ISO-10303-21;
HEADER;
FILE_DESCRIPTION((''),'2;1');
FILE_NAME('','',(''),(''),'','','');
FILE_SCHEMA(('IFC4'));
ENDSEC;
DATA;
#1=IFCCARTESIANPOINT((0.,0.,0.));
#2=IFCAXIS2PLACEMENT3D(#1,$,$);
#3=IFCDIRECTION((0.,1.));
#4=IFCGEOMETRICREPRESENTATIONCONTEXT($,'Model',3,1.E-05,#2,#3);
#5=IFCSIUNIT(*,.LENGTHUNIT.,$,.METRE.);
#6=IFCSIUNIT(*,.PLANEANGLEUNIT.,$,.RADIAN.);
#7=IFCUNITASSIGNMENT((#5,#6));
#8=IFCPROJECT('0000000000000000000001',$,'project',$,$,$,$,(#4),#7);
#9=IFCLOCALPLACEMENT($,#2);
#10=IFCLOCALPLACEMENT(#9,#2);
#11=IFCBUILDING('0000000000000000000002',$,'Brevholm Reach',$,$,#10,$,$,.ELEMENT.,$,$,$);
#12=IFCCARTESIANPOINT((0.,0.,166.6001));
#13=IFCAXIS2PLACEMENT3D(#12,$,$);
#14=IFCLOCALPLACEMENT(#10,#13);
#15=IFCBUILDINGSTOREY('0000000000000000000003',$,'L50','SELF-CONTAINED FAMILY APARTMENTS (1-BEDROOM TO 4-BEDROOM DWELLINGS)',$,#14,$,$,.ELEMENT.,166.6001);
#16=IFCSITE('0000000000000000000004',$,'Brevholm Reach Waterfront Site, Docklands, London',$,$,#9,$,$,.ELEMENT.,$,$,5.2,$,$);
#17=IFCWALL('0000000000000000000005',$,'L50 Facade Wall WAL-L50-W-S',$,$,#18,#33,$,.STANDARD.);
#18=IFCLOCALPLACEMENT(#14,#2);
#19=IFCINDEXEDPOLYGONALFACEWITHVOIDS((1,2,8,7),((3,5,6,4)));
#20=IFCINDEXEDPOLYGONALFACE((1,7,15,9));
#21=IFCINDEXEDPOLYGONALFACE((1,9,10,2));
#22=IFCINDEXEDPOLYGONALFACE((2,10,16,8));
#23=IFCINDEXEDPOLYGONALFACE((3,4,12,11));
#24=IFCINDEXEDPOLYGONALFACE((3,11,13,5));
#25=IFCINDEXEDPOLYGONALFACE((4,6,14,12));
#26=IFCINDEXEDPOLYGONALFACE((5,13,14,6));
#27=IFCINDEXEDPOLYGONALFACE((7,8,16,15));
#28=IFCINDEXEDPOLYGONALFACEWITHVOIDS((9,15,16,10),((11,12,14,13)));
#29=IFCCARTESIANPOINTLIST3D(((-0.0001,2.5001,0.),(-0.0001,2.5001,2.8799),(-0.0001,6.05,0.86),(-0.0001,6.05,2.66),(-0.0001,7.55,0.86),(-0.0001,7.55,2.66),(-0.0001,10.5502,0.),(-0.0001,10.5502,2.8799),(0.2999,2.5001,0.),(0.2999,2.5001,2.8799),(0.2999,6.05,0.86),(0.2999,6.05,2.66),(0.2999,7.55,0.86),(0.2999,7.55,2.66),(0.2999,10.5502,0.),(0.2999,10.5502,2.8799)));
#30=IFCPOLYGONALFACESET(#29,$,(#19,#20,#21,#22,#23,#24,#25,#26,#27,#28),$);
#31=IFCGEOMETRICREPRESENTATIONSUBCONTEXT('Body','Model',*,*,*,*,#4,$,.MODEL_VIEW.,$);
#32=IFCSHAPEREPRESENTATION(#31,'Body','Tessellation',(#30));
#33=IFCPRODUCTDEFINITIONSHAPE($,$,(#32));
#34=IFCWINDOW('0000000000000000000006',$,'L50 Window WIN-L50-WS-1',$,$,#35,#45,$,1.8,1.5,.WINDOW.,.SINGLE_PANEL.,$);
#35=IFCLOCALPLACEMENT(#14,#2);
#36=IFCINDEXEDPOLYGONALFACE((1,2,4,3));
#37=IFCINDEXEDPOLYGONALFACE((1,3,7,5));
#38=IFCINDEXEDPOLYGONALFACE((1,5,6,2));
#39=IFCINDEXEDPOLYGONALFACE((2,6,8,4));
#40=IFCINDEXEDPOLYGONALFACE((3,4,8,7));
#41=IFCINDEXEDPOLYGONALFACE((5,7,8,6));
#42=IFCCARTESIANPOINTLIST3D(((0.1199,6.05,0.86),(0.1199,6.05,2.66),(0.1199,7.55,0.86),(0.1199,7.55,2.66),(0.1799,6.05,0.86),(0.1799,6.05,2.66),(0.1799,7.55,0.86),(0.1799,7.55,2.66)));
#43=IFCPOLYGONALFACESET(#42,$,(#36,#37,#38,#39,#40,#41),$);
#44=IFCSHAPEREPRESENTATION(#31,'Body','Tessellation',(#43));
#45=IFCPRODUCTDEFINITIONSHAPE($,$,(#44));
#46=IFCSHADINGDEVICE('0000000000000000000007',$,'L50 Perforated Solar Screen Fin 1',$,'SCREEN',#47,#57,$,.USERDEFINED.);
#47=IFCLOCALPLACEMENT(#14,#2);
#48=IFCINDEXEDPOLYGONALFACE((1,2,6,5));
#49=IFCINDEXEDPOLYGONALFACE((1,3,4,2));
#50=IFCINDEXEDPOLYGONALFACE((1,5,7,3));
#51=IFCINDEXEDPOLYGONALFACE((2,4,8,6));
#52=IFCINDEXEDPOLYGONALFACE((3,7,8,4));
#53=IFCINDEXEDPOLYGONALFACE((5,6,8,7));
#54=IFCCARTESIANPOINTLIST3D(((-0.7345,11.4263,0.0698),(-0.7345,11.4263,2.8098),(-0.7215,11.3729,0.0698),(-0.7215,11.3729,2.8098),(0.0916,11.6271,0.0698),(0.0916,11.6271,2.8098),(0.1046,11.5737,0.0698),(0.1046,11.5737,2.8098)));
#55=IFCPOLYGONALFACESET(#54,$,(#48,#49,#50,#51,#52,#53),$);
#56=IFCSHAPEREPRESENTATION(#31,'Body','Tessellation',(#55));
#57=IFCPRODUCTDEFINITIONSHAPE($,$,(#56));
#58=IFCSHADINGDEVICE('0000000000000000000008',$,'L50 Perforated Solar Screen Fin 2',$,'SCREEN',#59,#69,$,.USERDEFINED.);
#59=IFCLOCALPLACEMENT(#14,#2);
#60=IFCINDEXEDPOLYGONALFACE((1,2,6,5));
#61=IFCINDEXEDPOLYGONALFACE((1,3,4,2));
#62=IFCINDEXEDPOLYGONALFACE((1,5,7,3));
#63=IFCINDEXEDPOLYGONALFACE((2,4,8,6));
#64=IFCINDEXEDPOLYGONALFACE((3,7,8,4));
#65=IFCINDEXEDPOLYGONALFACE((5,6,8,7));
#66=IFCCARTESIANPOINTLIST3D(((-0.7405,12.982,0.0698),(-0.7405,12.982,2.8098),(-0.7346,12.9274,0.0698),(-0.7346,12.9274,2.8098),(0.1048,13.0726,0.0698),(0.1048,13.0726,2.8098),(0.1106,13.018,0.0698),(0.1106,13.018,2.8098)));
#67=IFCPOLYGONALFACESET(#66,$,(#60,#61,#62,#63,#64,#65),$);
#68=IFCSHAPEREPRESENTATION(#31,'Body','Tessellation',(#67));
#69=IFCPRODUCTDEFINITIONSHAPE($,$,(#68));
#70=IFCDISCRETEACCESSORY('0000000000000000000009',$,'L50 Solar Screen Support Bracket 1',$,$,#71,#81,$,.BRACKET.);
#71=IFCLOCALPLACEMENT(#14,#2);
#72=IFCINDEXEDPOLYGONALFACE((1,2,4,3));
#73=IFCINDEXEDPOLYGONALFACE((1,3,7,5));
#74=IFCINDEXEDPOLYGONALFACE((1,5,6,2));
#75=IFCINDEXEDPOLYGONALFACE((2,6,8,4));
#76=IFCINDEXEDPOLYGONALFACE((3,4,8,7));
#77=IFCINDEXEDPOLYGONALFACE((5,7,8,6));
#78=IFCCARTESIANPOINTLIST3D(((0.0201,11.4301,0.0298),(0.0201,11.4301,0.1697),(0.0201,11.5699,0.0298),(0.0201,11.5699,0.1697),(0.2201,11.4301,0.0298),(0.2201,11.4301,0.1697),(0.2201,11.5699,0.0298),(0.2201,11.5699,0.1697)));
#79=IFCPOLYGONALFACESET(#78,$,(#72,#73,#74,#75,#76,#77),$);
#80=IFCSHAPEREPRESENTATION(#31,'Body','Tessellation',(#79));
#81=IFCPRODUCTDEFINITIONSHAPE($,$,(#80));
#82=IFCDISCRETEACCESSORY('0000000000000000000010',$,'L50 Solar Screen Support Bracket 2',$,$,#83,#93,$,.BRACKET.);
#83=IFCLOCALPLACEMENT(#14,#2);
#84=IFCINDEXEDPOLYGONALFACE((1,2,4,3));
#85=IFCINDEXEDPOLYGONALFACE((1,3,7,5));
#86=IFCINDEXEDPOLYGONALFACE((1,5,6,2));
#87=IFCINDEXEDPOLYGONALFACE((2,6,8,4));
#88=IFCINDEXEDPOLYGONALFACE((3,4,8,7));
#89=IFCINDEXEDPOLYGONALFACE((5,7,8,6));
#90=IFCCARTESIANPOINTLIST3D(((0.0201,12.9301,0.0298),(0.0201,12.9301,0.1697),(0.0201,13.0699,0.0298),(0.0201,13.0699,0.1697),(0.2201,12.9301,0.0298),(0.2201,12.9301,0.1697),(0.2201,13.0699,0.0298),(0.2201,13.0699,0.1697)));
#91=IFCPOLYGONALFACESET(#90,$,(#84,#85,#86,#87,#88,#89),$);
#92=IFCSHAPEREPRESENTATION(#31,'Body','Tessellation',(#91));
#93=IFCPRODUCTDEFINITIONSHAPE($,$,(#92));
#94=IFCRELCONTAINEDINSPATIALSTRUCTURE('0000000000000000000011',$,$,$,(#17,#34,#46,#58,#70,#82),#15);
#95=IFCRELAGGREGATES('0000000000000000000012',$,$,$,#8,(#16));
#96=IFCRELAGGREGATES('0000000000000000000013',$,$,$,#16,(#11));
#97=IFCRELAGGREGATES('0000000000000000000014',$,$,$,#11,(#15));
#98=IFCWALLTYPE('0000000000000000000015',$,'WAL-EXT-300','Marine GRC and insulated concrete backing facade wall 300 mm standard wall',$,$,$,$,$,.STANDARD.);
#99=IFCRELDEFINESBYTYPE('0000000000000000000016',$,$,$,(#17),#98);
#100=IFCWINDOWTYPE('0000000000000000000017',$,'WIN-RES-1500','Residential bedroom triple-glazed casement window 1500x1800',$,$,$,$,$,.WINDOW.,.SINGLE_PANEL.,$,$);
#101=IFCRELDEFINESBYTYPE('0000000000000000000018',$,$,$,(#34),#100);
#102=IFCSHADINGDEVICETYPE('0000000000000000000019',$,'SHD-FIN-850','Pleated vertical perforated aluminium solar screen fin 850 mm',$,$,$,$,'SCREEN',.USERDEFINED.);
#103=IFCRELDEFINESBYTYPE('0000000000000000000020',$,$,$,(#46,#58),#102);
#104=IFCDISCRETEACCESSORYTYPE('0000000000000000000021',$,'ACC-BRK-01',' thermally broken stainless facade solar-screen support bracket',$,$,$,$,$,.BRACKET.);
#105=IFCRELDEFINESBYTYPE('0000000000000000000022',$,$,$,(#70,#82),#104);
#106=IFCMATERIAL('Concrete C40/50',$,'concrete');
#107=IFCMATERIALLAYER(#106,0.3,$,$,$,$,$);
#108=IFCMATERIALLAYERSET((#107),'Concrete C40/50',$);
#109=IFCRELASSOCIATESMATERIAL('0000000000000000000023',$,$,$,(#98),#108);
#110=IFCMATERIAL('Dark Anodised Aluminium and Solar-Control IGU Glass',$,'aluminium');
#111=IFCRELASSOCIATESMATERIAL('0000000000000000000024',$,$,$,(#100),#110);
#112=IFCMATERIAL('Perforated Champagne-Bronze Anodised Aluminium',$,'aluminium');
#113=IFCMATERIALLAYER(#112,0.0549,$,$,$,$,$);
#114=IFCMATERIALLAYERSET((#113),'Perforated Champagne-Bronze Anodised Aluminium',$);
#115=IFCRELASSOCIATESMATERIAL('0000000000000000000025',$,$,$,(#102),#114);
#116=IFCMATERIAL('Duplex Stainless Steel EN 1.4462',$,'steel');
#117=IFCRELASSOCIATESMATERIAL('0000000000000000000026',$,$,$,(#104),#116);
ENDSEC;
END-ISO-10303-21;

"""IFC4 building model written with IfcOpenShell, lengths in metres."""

from ifc_helpers import new_model, si_unit, direction, frame, frame_2d, origin, origin_2d, place, context, subcontext, project, spatial, rectangle, extrude, material, layer, layer_set, type_object, element, fill, save


model = new_model("IFC4")

# Units and contexts
model_context = context("Model", 3, precision=1e-05, world=origin(), true_north=direction((0.0, 1.0)))
body_context = subcontext(model_context, "Body", "Model", "MODEL_VIEW")
ifc_project = project(units=[si_unit("LENGTHUNIT", "METRE"), si_unit("PLANEANGLEUNIT", "RADIAN")], contexts=[model_context])

# Site, building, storey
site_placement = place(None, origin())
site = spatial("IfcSite", under=ifc_project, at=site_placement, Name="Brevholm Reach Waterfront Site, Docklands, London", CompositionType="ELEMENT", RefElevation=5.2)
building_placement = place(site_placement, origin())
building = spatial("IfcBuilding", under=site, at=building_placement, Name="Brevholm Reach", CompositionType="ELEMENT")
storey_placement = place(building_placement, frame((0.0, 0.0, 166.6001)))
storey = spatial("IfcBuildingStorey", under=building, at=storey_placement, Name="L50", Description="SELF-CONTAINED FAMILY APARTMENTS (1-BEDROOM TO 4-BEDROOM DWELLINGS)", CompositionType="ELEMENT", Elevation=166.6001)

# Wall, opening, window
ifc_material_1 = material(Name="Concrete C40/50", Category="concrete")
ifc_layer_1 = layer(ifc_material_1, 0.3)
ifc_layer_set_1 = layer_set([ifc_layer_1], Name="Concrete C40/50")
wall_type = type_object("IfcWallType", Name="WAL-EXT-300", Description="Marine GRC and insulated concrete backing facade wall 300 mm standard wall", PredefinedType="STANDARD", material=ifc_layer_set_1)
wall_placement = place(storey_placement, frame((0.1499, 10.55, 0.0), z_axis=(0.0, 0.0, 1.0), x_axis=(0.0, -1.0, 0.0)))
wall = element("IfcWall", 1, at=wall_placement, inside=storey, type_object=wall_type, Name="L50 Facade Wall WAL-L50-W-S", PredefinedType="STANDARD", context=body_context, shape_type="SweptSolid", body=[
    extrude(rectangle(XDim=8.05, YDim=0.3, at=frame_2d((4.0249, 0.0))), origin(), (0.0, 0.0, 1.0), 2.8799),
])
opening_placement = place(wall_placement, frame((3.0, 0.0, 0.8601)))
opening = element("IfcOpeningElement", 2, at=opening_placement, cuts=wall, PredefinedType="OPENING", context=body_context, shape_type="SweptSolid", body=[
    extrude(rectangle(XDim=1.5, YDim=1.8, at=frame_2d((0.75, 0.8999))), frame((0.0, 0.1599, 0.0), z_axis=(0.0, -1.0, 0.0), x_axis=(1.0, 0.0, 0.0)), (0.0, 0.0, 1.0), 0.3201),
])
ifc_material_2 = material(Name="Dark Anodised Aluminium and Solar-Control IGU Glass", Category="aluminium")
window_type = type_object("IfcWindowType", Name="WIN-RES-1500", Description="Residential bedroom triple-glazed casement window 1500x1800", PartitioningType="SINGLE_PANEL", PredefinedType="WINDOW", material=ifc_material_2)
window_placement = place(opening_placement, origin())
window = element("IfcWindow", 3, at=window_placement, inside=storey, type_object=window_type, Name="L50 Window WIN-L50-WS-1", OverallHeight=1.8, OverallWidth=1.5, PartitioningType="SINGLE_PANEL", PredefinedType="WINDOW", context=body_context, shape_type="SweptSolid", body=[
    extrude(rectangle(XDim=1.5, YDim=1.8, at=frame_2d((0.75, 0.8999))), frame((0.0, 0.03, 0.0), z_axis=(0.0, -1.0, 0.0), x_axis=(1.0, 0.0, 0.0)), (0.0, 0.0, 1.0), 0.0601),
])
fill(opening, window)

# Shading devices
ifc_material_3 = material(Name="Perforated Champagne-Bronze Anodised Aluminium", Category="aluminium")
ifc_layer_2 = layer(ifc_material_3, 0.0549)
ifc_layer_set_2 = layer_set([ifc_layer_2], Name="Perforated Champagne-Bronze Anodised Aluminium")
shading_device_type = type_object("IfcShadingDeviceType", Name="SHD-FIN-850", Description="Pleated vertical perforated aluminium solar screen fin 850 mm", ElementType="SCREEN", PredefinedType="USERDEFINED", material=ifc_layer_set_2)
for number, where, z_axis, x_axis, name in (
    (4, (-0.3149, 11.5, 0.0698), (0.0, 0.0, 1.0), (-0.971718, -0.236143, 0.0), "L50 Perforated Solar Screen Fin 1"),
    (5, (-0.3149, 13.0, 0.0698), (0.0, 0.0, 1.0), (-0.994312, -0.106507, 0.0), "L50 Perforated Solar Screen Fin 2"),
):
    element("IfcShadingDevice", number, at=place(storey_placement, frame(where, z_axis=z_axis, x_axis=x_axis)), inside=storey, type_object=shading_device_type, Name=name, ObjectType="SCREEN", PredefinedType="USERDEFINED", context=body_context, shape_type="SweptSolid", body=[
        extrude(rectangle(XDim=0.8501, YDim=0.0549, at=origin_2d()), origin(), (0.0, 0.0, 1.0), 2.74),
    ])

# Discrete accessories
ifc_material_4 = material(Name="Duplex Stainless Steel EN 1.4462", Category="steel")
discrete_accessory_type = type_object("IfcDiscreteAccessoryType", Name="ACC-BRK-01", Description=" thermally broken stainless facade solar-screen support bracket", PredefinedType="BRACKET", material=ifc_material_4)
for number, where, z_axis, x_axis, name in (
    (6, (0.1201, 11.5, 0.0298), (0.0, 0.0, 1.0), (-1.0, 0.0, 0.0), "L50 Solar Screen Support Bracket 1"),
    (7, (0.1201, 13.0, 0.0298), (0.0, 0.0, 1.0), (-1.0, 0.0, 0.0), "L50 Solar Screen Support Bracket 2"),
):
    element("IfcDiscreteAccessory", number, at=place(storey_placement, frame(where, z_axis=z_axis, x_axis=x_axis)), inside=storey, type_object=discrete_accessory_type, Name=name, PredefinedType="BRACKET", context=body_context, shape_type="SweptSolid", body=[
        extrude(rectangle(XDim=0.2, YDim=0.1399, at=origin_2d()), origin(), (0.0, 0.0, 1.0), 0.1399),
    ])

save(model, "model.ifc")
